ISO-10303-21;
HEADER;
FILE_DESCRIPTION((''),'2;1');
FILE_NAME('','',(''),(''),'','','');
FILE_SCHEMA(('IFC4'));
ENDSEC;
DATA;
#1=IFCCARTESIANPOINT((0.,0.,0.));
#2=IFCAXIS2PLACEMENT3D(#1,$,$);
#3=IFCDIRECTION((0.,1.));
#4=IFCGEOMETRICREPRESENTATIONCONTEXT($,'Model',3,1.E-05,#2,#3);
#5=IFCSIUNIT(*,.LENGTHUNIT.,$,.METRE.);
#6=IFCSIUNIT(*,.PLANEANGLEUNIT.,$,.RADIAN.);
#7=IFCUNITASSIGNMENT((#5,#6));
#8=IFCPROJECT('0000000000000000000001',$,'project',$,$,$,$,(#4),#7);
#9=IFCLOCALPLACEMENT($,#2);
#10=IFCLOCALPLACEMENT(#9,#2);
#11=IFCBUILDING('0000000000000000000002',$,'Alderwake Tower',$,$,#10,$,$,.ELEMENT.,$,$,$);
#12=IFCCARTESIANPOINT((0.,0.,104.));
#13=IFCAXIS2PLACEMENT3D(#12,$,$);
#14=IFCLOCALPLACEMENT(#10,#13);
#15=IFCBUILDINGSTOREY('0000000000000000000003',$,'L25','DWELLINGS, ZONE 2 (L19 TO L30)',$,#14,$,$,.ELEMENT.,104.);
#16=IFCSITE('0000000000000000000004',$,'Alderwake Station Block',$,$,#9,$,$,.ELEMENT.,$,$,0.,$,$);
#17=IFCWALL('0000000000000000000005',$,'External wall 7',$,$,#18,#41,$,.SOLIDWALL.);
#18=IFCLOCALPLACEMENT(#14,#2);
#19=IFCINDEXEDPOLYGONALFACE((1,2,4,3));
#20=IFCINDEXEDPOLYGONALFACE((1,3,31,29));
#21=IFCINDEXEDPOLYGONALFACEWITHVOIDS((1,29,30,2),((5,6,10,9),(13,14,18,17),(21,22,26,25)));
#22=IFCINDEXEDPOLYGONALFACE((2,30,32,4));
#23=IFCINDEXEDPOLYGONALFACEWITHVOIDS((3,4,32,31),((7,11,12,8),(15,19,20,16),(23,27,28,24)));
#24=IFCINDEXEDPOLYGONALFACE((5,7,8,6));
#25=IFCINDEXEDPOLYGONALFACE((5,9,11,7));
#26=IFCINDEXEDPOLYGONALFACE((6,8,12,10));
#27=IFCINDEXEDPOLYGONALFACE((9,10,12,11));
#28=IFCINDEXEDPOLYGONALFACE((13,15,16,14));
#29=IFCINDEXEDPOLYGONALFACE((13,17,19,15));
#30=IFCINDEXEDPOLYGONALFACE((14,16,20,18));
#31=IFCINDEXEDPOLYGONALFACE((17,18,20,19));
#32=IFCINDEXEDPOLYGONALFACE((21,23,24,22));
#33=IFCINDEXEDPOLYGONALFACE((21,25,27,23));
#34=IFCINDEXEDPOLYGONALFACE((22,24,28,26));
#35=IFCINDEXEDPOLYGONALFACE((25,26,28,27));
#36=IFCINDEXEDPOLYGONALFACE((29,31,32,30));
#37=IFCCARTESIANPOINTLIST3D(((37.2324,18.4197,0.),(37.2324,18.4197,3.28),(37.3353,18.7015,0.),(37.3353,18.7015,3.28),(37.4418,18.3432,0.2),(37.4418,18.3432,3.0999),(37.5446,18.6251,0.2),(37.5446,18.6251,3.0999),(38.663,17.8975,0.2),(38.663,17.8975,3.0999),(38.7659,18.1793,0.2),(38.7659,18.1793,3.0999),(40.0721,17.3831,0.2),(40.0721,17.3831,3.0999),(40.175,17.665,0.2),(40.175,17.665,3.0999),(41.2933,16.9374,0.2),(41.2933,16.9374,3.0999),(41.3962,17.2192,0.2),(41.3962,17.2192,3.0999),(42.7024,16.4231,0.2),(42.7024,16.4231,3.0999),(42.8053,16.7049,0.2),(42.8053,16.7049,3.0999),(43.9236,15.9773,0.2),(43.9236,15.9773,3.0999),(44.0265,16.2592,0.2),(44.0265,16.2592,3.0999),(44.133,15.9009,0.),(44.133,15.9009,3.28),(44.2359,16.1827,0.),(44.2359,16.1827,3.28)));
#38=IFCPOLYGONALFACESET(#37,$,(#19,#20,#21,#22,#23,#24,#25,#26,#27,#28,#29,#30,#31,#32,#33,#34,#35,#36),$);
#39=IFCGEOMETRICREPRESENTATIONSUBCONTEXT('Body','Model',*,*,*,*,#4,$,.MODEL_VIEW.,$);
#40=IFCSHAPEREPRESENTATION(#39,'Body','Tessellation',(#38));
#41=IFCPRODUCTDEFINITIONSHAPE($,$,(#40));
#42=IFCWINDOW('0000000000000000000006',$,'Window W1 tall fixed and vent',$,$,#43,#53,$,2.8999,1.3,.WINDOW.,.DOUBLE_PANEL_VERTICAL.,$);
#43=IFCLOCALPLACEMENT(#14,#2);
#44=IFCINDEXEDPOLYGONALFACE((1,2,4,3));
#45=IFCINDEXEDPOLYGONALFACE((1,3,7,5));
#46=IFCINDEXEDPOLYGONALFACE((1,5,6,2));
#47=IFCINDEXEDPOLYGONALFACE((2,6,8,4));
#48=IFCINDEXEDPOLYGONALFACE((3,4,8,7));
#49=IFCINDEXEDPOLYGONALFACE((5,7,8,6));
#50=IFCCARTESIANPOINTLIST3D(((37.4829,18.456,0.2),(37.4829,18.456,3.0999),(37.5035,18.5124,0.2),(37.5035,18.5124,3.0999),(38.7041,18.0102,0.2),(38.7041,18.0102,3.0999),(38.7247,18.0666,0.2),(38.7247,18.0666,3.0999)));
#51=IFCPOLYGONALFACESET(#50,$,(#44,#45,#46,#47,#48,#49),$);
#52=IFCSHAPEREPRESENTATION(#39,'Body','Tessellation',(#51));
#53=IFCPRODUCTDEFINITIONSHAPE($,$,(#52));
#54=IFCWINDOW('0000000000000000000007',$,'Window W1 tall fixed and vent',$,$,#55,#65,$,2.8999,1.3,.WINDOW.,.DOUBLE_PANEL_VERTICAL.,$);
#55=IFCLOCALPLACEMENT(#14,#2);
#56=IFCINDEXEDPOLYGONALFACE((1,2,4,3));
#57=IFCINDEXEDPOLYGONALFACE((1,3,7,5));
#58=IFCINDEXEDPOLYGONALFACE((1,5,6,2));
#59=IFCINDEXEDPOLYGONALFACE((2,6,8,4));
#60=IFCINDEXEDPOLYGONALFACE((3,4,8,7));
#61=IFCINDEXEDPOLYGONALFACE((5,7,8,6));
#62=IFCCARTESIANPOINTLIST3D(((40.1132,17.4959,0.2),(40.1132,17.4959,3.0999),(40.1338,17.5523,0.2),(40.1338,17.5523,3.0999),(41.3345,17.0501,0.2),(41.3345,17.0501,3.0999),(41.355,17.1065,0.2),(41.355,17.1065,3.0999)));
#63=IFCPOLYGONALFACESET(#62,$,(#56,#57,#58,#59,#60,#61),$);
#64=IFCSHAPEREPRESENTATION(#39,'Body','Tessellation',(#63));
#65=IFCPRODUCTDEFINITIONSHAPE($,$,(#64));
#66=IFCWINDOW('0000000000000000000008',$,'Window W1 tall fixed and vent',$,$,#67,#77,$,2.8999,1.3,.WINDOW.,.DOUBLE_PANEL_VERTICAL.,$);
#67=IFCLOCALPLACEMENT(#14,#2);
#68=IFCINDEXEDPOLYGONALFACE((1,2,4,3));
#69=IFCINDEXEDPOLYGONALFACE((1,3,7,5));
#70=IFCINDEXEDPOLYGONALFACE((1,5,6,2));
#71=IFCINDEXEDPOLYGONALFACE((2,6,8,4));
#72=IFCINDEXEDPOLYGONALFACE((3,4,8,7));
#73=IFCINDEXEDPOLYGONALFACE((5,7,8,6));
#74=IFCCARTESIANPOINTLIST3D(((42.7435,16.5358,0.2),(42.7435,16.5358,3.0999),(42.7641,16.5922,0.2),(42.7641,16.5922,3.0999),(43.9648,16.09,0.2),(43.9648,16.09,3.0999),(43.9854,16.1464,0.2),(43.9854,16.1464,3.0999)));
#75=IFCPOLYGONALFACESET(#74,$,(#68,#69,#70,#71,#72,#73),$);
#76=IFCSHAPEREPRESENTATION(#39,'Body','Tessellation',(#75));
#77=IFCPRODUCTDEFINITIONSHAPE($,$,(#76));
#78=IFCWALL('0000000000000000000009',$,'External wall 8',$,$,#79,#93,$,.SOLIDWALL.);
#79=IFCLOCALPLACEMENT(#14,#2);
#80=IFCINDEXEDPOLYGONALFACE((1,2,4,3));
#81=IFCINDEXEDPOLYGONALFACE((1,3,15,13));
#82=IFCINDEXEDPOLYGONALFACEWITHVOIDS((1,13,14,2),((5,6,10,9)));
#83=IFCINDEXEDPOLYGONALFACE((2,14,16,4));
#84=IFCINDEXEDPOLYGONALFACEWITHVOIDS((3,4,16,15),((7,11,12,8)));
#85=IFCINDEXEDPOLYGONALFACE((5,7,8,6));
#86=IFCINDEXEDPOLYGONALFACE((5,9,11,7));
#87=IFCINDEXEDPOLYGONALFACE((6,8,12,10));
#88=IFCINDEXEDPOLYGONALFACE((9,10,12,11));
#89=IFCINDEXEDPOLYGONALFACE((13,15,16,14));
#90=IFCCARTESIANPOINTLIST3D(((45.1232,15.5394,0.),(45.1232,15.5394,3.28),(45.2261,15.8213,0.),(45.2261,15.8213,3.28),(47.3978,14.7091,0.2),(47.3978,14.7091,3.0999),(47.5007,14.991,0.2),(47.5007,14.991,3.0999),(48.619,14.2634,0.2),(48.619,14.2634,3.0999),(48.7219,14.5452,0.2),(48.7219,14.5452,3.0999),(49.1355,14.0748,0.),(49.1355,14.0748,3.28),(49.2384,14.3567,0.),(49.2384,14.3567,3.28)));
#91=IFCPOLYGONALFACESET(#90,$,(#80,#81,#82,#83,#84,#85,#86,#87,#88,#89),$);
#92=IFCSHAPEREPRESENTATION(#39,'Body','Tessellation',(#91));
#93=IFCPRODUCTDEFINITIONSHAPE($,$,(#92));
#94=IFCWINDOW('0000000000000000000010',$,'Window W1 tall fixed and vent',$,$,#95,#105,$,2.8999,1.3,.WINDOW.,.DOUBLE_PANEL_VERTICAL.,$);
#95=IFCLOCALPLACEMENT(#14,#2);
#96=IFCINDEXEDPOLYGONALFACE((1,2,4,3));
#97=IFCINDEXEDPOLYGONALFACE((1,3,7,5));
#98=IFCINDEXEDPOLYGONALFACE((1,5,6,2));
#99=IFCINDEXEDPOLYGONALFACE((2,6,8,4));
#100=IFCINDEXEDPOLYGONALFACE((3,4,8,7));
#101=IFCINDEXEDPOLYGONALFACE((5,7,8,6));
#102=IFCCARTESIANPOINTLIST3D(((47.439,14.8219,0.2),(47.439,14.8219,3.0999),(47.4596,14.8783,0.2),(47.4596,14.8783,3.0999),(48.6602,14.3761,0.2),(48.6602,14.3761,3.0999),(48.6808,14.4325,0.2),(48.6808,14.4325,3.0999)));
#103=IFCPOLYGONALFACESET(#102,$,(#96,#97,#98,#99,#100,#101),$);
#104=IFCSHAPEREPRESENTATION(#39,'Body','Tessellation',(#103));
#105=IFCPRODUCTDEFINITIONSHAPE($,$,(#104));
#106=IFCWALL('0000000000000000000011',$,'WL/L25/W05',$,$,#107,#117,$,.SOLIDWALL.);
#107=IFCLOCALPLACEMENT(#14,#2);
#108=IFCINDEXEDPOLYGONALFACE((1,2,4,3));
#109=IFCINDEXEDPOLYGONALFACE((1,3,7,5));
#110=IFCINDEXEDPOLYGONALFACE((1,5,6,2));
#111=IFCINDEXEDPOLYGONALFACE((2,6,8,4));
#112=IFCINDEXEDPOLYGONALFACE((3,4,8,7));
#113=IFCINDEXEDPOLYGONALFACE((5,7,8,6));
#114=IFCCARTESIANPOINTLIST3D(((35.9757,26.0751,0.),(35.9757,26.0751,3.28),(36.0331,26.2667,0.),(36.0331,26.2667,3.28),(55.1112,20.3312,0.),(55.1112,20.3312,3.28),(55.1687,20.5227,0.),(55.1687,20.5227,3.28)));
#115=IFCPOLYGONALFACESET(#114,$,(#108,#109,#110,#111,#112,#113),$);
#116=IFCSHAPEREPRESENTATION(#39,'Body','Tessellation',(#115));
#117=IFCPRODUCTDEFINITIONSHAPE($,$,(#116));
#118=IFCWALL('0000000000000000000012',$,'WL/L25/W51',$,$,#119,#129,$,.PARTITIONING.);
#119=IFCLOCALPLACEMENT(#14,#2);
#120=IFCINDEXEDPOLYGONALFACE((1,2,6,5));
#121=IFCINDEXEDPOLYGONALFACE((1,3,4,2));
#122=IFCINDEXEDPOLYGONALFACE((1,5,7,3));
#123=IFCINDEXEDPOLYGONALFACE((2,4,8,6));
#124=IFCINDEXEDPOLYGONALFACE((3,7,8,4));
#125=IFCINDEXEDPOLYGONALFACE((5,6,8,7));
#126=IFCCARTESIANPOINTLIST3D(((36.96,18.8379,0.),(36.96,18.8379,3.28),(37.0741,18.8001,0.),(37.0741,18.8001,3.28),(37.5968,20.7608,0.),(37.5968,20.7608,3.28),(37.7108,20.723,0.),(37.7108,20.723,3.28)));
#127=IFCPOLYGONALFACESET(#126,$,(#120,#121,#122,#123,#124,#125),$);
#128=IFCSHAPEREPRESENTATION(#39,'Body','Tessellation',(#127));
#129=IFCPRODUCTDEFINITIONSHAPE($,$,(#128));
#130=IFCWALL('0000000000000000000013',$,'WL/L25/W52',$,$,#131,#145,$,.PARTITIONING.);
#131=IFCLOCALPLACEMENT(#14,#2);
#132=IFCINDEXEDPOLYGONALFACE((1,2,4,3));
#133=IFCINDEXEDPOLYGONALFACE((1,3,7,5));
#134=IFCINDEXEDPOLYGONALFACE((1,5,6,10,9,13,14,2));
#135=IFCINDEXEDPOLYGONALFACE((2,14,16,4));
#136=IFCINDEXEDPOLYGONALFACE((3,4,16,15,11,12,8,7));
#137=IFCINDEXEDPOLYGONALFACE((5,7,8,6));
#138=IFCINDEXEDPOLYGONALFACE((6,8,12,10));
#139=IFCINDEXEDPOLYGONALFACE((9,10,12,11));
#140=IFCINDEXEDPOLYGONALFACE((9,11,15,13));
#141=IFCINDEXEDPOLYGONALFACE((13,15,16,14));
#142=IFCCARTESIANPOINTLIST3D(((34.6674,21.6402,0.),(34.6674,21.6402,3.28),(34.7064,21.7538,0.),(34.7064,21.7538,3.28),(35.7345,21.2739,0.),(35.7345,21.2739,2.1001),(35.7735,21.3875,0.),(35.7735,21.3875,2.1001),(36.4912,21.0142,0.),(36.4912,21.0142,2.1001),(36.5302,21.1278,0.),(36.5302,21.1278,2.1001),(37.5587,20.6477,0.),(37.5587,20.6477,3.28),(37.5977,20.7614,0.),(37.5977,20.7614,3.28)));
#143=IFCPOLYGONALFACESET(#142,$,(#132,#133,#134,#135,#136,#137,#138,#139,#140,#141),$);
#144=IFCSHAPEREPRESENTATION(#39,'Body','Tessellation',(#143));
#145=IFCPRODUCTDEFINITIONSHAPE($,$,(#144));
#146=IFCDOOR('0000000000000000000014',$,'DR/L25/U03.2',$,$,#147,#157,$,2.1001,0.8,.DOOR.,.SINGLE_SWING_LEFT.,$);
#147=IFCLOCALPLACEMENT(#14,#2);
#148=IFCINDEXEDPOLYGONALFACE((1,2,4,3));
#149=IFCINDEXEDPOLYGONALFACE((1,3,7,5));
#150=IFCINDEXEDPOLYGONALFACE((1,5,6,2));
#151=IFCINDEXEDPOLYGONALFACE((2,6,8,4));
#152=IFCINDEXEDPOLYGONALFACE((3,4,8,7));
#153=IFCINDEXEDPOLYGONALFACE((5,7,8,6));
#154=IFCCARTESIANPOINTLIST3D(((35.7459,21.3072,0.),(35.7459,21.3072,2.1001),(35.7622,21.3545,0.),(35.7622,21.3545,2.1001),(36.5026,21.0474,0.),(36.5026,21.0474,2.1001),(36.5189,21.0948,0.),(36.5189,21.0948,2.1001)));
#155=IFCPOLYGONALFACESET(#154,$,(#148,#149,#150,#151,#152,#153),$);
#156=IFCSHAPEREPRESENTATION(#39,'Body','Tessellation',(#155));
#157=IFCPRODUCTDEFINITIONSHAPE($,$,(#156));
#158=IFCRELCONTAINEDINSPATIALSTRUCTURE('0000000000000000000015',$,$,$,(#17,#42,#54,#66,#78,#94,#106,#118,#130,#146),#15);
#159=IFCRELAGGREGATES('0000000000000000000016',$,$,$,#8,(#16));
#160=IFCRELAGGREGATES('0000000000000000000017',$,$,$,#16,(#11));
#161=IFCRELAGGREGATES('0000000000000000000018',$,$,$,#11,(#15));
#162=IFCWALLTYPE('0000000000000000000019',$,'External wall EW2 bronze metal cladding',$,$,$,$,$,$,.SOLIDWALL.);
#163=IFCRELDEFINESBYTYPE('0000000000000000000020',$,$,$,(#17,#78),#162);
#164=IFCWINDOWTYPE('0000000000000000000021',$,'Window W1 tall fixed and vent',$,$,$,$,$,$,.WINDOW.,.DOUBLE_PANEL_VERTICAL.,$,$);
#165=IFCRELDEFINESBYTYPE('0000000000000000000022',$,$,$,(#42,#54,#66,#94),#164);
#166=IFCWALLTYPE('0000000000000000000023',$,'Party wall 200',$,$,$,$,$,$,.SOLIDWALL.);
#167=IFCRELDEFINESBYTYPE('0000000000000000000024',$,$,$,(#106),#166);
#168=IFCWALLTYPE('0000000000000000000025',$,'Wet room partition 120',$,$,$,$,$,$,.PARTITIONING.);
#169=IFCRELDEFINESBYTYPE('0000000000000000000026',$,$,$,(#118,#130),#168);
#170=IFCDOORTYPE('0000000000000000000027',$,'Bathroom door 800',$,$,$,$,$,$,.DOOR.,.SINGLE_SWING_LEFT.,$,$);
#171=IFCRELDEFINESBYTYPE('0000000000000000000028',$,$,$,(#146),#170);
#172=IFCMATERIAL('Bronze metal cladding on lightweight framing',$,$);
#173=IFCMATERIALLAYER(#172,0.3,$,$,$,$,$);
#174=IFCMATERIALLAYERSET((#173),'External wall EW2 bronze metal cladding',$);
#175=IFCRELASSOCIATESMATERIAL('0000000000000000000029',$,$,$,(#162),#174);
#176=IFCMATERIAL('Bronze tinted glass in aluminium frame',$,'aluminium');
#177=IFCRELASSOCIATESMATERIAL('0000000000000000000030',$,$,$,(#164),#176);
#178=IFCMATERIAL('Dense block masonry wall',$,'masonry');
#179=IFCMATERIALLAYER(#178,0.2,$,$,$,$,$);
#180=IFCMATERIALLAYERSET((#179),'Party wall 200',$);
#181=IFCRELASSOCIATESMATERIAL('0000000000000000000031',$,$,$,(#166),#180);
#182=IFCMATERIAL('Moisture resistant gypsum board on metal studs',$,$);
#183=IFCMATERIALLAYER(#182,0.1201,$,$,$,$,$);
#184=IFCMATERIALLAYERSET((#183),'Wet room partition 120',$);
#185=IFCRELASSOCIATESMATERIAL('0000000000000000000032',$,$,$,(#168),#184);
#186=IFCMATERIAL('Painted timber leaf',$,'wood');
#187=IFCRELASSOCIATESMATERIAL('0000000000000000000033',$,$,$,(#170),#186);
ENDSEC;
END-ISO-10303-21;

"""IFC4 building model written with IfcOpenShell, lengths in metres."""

from ifc_helpers import new_model, si_unit, direction, frame, frame_2d, origin, place, context, subcontext, project, spatial, rectangle, extrude, material, layer, layer_set, type_object, element, fill, save


model = new_model("IFC4")

# Units and contexts
model_context = context("Model", 3, precision=1e-05, world=origin(), true_north=direction((0.0, 1.0)))
body_context = subcontext(model_context, "Body", "Model", "MODEL_VIEW")
ifc_project = project(units=[si_unit("LENGTHUNIT", "METRE"), si_unit("PLANEANGLEUNIT", "RADIAN")], contexts=[model_context])

# Site, building, storey
site_placement = place(None, origin())
site = spatial("IfcSite", under=ifc_project, at=site_placement, Name="Alderwake Station Block", CompositionType="ELEMENT", RefElevation=0.0)
building_placement = place(site_placement, origin())
building = spatial("IfcBuilding", under=site, at=building_placement, Name="Alderwake Tower", CompositionType="ELEMENT")
storey_placement = place(building_placement, frame((0.0, 0.0, 104.0)))
storey = spatial("IfcBuildingStorey", under=building, at=storey_placement, Name="L25", Description="DWELLINGS, ZONE 2 (L19 TO L30)", CompositionType="ELEMENT", Elevation=104.0)

# Wall, openings, windows
ifc_material_1 = material(Name="Bronze metal cladding on lightweight framing")
ifc_layer_1 = layer(ifc_material_1, 0.3)
ifc_layer_set_1 = layer_set([ifc_layer_1], Name="External wall EW2 bronze metal cladding")
wall_type_1 = type_object("IfcWallType", Name="External wall EW2 bronze metal cladding", PredefinedType="SOLIDWALL", material=ifc_layer_set_1)
wall_1_placement = place(storey_placement, frame((37.2839, 18.5605, 0.0), z_axis=(0.0, 0.0, 1.0), x_axis=(0.939378, -0.342882, 0.0)))
wall_1 = element("IfcWall", 1, at=wall_1_placement, inside=storey, type_object=wall_type_1, Name="External wall 7", PredefinedType="SOLIDWALL", context=body_context, shape_type="SweptSolid", body=[
    extrude(rectangle(XDim=7.3459, YDim=0.3, at=frame_2d((3.6729, 0.0))), origin(), (0.0, 0.0, 1.0), 3.28),
])
opening_1_placement = place(wall_1_placement, frame((0.2229, 0.0, 0.2)))
opening_1 = element("IfcOpeningElement", 2, at=opening_1_placement, cuts=wall_1, PredefinedType="OPENING", context=body_context, shape_type="SweptSolid", body=[
    extrude(rectangle(XDim=1.3, YDim=2.8999, at=frame_2d((0.6499, 1.45))), frame((0.0, 0.1599, 0.0), z_axis=(0.0, -1.0, 0.0), x_axis=(1.0, 0.0, 0.0)), (0.0, 0.0, 1.0), 0.3201),
])
opening_2_placement = place(wall_1_placement, frame((3.0229, 0.0, 0.2)))
opening_2 = element("IfcOpeningElement", 3, at=opening_2_placement, cuts=wall_1, PredefinedType="OPENING", context=body_context, shape_type="SweptSolid", body=[
    extrude(rectangle(XDim=1.3, YDim=2.8999, at=frame_2d((0.6499, 1.45))), frame((0.0, 0.1599, 0.0), z_axis=(0.0, -1.0, 0.0), x_axis=(1.0, 0.0, 0.0)), (0.0, 0.0, 1.0), 0.3201),
])
opening_3_placement = place(wall_1_placement, frame((5.823, 0.0, 0.2)))
opening_3 = element("IfcOpeningElement", 4, at=opening_3_placement, cuts=wall_1, PredefinedType="OPENING", context=body_context, shape_type="SweptSolid", body=[
    extrude(rectangle(XDim=1.3, YDim=2.8999, at=frame_2d((0.6499, 1.45))), frame((0.0, 0.1599, 0.0), z_axis=(0.0, -1.0, 0.0), x_axis=(1.0, 0.0, 0.0)), (0.0, 0.0, 1.0), 0.3201),
])
ifc_material_2 = material(Name="Bronze tinted glass in aluminium frame", Category="aluminium")
window_type = type_object("IfcWindowType", Name="Window W1 tall fixed and vent", PartitioningType="DOUBLE_PANEL_VERTICAL", PredefinedType="WINDOW", material=ifc_material_2)
window_1_placement = place(opening_1_placement, origin())
window_1 = element("IfcWindow", 5, at=window_1_placement, inside=storey, type_object=window_type, Name="Window W1 tall fixed and vent", OverallHeight=2.8999, OverallWidth=1.3, PartitioningType="DOUBLE_PANEL_VERTICAL", PredefinedType="WINDOW", context=body_context, shape_type="SweptSolid", body=[
    extrude(rectangle(XDim=1.3, YDim=2.8999, at=frame_2d((0.6499, 1.45))), frame((0.0, 0.03, 0.0), z_axis=(0.0, -1.0, 0.0), x_axis=(1.0, 0.0, 0.0)), (0.0, 0.0, 1.0), 0.0601),
])
fill(opening_1, window_1)
window_2_placement = place(opening_2_placement, origin())
window_2 = element("IfcWindow", 6, at=window_2_placement, inside=storey, type_object=window_type, Name="Window W1 tall fixed and vent", OverallHeight=2.8999, OverallWidth=1.3, PartitioningType="DOUBLE_PANEL_VERTICAL", PredefinedType="WINDOW", context=body_context, shape_type="SweptSolid", body=[
    extrude(rectangle(XDim=1.3, YDim=2.8999, at=frame_2d((0.6499, 1.45))), frame((0.0, 0.03, 0.0), z_axis=(0.0, -1.0, 0.0), x_axis=(1.0, 0.0, 0.0)), (0.0, 0.0, 1.0), 0.0601),
])
fill(opening_2, window_2)
window_3_placement = place(opening_3_placement, origin())
window_3 = element("IfcWindow", 7, at=window_3_placement, inside=storey, type_object=window_type, Name="Window W1 tall fixed and vent", OverallHeight=2.8999, OverallWidth=1.3, PartitioningType="DOUBLE_PANEL_VERTICAL", PredefinedType="WINDOW", context=body_context, shape_type="SweptSolid", body=[
    extrude(rectangle(XDim=1.3, YDim=2.8999, at=frame_2d((0.6499, 1.45))), frame((0.0, 0.03, 0.0), z_axis=(0.0, -1.0, 0.0), x_axis=(1.0, 0.0, 0.0)), (0.0, 0.0, 1.0), 0.0601),
])
fill(opening_3, window_3)

# Wall, opening, window
wall_2_placement = place(storey_placement, frame((45.1746, 15.6804, 0.0), z_axis=(0.0, 0.0, 1.0), x_axis=(0.93937, -0.342904, 0.0)))
wall_2 = element("IfcWall", 8, at=wall_2_placement, inside=storey, type_object=wall_type_1, Name="External wall 8", PredefinedType="SOLIDWALL", context=body_context, shape_type="SweptSolid", body=[
    extrude(rectangle(XDim=4.2712, YDim=0.3, at=frame_2d((2.1357, 0.0))), origin(), (0.0, 0.0, 1.0), 3.28),
])
opening_4_placement = place(wall_2_placement, frame((2.4216, 0.0, 0.2)))
opening_4 = element("IfcOpeningElement", 9, at=opening_4_placement, cuts=wall_2, PredefinedType="OPENING", context=body_context, shape_type="SweptSolid", body=[
    extrude(rectangle(XDim=1.3, YDim=2.8999, at=frame_2d((0.6499, 1.45))), frame((0.0, 0.1599, 0.0), z_axis=(0.0, -1.0, 0.0), x_axis=(1.0, 0.0, 0.0)), (0.0, 0.0, 1.0), 0.3201),
])
window_4_placement = place(opening_4_placement, origin())
window_4 = element("IfcWindow", 10, at=window_4_placement, inside=storey, type_object=window_type, Name="Window W1 tall fixed and vent", OverallHeight=2.8999, OverallWidth=1.3, PartitioningType="DOUBLE_PANEL_VERTICAL", PredefinedType="WINDOW", context=body_context, shape_type="SweptSolid", body=[
    extrude(rectangle(XDim=1.3, YDim=2.8999, at=frame_2d((0.6499, 1.45))), frame((0.0, 0.03, 0.0), z_axis=(0.0, -1.0, 0.0), x_axis=(1.0, 0.0, 0.0)), (0.0, 0.0, 1.0), 0.0601),
])
fill(opening_4, window_4)

# Walls
ifc_material_3 = material(Name="Dense block masonry wall", Category="masonry")
ifc_layer_2 = layer(ifc_material_3, 0.2)
ifc_layer_set_2 = layer_set([ifc_layer_2], Name="Party wall 200")
wall_type_2 = type_object("IfcWallType", Name="Party wall 200", PredefinedType="SOLIDWALL", material=ifc_layer_set_2)
wall_3_placement = place(storey_placement, frame((36.0044, 26.1709, 0.0), z_axis=(0.0, 0.0, 1.0), x_axis=(0.957782, -0.287497, 0.0)))
element("IfcWall", 11, at=wall_3_placement, inside=storey, type_object=wall_type_2, Name="WL/L25/W05", PredefinedType="SOLIDWALL", context=body_context, shape_type="SweptSolid", body=[
    extrude(rectangle(XDim=19.979, YDim=0.2, at=frame_2d((9.9895, 0.0))), origin(), (0.0, 0.0, 1.0), 3.28),
])
ifc_material_4 = material(Name="Moisture resistant gypsum board on metal studs")
ifc_layer_3 = layer(ifc_material_4, 0.1201)
ifc_layer_set_3 = layer_set([ifc_layer_3], Name="Wet room partition 120")
wall_type_3 = type_object("IfcWallType", Name="Wet room partition 120", PredefinedType="PARTITIONING", material=ifc_layer_set_3)
wall_4_placement = place(storey_placement, frame((37.0171, 18.8191, 0.0), z_axis=(0.0, 0.0, 1.0), x_axis=(0.314347, 0.949308, 0.0)))
element("IfcWall", 12, at=wall_4_placement, inside=storey, type_object=wall_type_3, Name="WL/L25/W51", PredefinedType="PARTITIONING", context=body_context, shape_type="SweptSolid", body=[
    extrude(rectangle(XDim=2.0256, YDim=0.1201, at=frame_2d((1.0127, 0.0))), origin(), (0.0, 0.0, 1.0), 3.28),
])

# Wall, opening, door
wall_5_placement = place(storey_placement, frame((37.5781, 20.7046, 0.0), z_axis=(0.0, 0.0, 1.0), x_axis=(-0.945835, 0.324649, 0.0)))
wall_5 = element("IfcWall", 13, at=wall_5_placement, inside=storey, type_object=wall_type_3, Name="WL/L25/W52", PredefinedType="PARTITIONING", context=body_context, shape_type="SweptSolid", body=[
    extrude(rectangle(XDim=3.0569, YDim=0.1201, at=frame_2d((1.5283, 0.0))), origin(), (0.0, 0.0, 1.0), 3.28),
])
opening_5_placement = place(wall_5_placement, frame((1.1287, 0.0, 0.0)))
opening_5 = element("IfcOpeningElement", 14, at=opening_5_placement, cuts=wall_5, PredefinedType="OPENING", context=body_context, shape_type="SweptSolid", body=[
    extrude(rectangle(XDim=0.8, YDim=2.1001, at=frame_2d((0.3999, 1.05))), frame((0.0, 0.0701, 0.0), z_axis=(0.0, -1.0, 0.0), x_axis=(1.0, 0.0, 0.0)), (0.0, 0.0, 1.0), 0.1401),
])
ifc_material_5 = material(Name="Painted timber leaf", Category="wood")
door_type_1 = type_object("IfcDoorType", Name="Bathroom door 800", OperationType="SINGLE_SWING_LEFT", PredefinedType="DOOR", material=ifc_material_5)
door_1_placement = place(opening_5_placement, origin())
door_1 = element("IfcDoor", 15, at=door_1_placement, inside=storey, type_object=door_type_1, Name="DR/L25/U03.2", OperationType="SINGLE_SWING_LEFT", OverallHeight=2.1001, OverallWidth=0.8, PredefinedType="DOOR", context=body_context, shape_type="SweptSolid", body=[
    extrude(rectangle(XDim=0.8, YDim=2.1001, at=frame_2d((0.3999, 1.05))), frame((0.0, 0.0249, 0.0), z_axis=(0.0, -1.0, 0.0), x_axis=(1.0, 0.0, 0.0)), (0.0, 0.0, 1.0), 0.05),
])
fill(opening_5, door_1)

save(model, "model.ifc")
